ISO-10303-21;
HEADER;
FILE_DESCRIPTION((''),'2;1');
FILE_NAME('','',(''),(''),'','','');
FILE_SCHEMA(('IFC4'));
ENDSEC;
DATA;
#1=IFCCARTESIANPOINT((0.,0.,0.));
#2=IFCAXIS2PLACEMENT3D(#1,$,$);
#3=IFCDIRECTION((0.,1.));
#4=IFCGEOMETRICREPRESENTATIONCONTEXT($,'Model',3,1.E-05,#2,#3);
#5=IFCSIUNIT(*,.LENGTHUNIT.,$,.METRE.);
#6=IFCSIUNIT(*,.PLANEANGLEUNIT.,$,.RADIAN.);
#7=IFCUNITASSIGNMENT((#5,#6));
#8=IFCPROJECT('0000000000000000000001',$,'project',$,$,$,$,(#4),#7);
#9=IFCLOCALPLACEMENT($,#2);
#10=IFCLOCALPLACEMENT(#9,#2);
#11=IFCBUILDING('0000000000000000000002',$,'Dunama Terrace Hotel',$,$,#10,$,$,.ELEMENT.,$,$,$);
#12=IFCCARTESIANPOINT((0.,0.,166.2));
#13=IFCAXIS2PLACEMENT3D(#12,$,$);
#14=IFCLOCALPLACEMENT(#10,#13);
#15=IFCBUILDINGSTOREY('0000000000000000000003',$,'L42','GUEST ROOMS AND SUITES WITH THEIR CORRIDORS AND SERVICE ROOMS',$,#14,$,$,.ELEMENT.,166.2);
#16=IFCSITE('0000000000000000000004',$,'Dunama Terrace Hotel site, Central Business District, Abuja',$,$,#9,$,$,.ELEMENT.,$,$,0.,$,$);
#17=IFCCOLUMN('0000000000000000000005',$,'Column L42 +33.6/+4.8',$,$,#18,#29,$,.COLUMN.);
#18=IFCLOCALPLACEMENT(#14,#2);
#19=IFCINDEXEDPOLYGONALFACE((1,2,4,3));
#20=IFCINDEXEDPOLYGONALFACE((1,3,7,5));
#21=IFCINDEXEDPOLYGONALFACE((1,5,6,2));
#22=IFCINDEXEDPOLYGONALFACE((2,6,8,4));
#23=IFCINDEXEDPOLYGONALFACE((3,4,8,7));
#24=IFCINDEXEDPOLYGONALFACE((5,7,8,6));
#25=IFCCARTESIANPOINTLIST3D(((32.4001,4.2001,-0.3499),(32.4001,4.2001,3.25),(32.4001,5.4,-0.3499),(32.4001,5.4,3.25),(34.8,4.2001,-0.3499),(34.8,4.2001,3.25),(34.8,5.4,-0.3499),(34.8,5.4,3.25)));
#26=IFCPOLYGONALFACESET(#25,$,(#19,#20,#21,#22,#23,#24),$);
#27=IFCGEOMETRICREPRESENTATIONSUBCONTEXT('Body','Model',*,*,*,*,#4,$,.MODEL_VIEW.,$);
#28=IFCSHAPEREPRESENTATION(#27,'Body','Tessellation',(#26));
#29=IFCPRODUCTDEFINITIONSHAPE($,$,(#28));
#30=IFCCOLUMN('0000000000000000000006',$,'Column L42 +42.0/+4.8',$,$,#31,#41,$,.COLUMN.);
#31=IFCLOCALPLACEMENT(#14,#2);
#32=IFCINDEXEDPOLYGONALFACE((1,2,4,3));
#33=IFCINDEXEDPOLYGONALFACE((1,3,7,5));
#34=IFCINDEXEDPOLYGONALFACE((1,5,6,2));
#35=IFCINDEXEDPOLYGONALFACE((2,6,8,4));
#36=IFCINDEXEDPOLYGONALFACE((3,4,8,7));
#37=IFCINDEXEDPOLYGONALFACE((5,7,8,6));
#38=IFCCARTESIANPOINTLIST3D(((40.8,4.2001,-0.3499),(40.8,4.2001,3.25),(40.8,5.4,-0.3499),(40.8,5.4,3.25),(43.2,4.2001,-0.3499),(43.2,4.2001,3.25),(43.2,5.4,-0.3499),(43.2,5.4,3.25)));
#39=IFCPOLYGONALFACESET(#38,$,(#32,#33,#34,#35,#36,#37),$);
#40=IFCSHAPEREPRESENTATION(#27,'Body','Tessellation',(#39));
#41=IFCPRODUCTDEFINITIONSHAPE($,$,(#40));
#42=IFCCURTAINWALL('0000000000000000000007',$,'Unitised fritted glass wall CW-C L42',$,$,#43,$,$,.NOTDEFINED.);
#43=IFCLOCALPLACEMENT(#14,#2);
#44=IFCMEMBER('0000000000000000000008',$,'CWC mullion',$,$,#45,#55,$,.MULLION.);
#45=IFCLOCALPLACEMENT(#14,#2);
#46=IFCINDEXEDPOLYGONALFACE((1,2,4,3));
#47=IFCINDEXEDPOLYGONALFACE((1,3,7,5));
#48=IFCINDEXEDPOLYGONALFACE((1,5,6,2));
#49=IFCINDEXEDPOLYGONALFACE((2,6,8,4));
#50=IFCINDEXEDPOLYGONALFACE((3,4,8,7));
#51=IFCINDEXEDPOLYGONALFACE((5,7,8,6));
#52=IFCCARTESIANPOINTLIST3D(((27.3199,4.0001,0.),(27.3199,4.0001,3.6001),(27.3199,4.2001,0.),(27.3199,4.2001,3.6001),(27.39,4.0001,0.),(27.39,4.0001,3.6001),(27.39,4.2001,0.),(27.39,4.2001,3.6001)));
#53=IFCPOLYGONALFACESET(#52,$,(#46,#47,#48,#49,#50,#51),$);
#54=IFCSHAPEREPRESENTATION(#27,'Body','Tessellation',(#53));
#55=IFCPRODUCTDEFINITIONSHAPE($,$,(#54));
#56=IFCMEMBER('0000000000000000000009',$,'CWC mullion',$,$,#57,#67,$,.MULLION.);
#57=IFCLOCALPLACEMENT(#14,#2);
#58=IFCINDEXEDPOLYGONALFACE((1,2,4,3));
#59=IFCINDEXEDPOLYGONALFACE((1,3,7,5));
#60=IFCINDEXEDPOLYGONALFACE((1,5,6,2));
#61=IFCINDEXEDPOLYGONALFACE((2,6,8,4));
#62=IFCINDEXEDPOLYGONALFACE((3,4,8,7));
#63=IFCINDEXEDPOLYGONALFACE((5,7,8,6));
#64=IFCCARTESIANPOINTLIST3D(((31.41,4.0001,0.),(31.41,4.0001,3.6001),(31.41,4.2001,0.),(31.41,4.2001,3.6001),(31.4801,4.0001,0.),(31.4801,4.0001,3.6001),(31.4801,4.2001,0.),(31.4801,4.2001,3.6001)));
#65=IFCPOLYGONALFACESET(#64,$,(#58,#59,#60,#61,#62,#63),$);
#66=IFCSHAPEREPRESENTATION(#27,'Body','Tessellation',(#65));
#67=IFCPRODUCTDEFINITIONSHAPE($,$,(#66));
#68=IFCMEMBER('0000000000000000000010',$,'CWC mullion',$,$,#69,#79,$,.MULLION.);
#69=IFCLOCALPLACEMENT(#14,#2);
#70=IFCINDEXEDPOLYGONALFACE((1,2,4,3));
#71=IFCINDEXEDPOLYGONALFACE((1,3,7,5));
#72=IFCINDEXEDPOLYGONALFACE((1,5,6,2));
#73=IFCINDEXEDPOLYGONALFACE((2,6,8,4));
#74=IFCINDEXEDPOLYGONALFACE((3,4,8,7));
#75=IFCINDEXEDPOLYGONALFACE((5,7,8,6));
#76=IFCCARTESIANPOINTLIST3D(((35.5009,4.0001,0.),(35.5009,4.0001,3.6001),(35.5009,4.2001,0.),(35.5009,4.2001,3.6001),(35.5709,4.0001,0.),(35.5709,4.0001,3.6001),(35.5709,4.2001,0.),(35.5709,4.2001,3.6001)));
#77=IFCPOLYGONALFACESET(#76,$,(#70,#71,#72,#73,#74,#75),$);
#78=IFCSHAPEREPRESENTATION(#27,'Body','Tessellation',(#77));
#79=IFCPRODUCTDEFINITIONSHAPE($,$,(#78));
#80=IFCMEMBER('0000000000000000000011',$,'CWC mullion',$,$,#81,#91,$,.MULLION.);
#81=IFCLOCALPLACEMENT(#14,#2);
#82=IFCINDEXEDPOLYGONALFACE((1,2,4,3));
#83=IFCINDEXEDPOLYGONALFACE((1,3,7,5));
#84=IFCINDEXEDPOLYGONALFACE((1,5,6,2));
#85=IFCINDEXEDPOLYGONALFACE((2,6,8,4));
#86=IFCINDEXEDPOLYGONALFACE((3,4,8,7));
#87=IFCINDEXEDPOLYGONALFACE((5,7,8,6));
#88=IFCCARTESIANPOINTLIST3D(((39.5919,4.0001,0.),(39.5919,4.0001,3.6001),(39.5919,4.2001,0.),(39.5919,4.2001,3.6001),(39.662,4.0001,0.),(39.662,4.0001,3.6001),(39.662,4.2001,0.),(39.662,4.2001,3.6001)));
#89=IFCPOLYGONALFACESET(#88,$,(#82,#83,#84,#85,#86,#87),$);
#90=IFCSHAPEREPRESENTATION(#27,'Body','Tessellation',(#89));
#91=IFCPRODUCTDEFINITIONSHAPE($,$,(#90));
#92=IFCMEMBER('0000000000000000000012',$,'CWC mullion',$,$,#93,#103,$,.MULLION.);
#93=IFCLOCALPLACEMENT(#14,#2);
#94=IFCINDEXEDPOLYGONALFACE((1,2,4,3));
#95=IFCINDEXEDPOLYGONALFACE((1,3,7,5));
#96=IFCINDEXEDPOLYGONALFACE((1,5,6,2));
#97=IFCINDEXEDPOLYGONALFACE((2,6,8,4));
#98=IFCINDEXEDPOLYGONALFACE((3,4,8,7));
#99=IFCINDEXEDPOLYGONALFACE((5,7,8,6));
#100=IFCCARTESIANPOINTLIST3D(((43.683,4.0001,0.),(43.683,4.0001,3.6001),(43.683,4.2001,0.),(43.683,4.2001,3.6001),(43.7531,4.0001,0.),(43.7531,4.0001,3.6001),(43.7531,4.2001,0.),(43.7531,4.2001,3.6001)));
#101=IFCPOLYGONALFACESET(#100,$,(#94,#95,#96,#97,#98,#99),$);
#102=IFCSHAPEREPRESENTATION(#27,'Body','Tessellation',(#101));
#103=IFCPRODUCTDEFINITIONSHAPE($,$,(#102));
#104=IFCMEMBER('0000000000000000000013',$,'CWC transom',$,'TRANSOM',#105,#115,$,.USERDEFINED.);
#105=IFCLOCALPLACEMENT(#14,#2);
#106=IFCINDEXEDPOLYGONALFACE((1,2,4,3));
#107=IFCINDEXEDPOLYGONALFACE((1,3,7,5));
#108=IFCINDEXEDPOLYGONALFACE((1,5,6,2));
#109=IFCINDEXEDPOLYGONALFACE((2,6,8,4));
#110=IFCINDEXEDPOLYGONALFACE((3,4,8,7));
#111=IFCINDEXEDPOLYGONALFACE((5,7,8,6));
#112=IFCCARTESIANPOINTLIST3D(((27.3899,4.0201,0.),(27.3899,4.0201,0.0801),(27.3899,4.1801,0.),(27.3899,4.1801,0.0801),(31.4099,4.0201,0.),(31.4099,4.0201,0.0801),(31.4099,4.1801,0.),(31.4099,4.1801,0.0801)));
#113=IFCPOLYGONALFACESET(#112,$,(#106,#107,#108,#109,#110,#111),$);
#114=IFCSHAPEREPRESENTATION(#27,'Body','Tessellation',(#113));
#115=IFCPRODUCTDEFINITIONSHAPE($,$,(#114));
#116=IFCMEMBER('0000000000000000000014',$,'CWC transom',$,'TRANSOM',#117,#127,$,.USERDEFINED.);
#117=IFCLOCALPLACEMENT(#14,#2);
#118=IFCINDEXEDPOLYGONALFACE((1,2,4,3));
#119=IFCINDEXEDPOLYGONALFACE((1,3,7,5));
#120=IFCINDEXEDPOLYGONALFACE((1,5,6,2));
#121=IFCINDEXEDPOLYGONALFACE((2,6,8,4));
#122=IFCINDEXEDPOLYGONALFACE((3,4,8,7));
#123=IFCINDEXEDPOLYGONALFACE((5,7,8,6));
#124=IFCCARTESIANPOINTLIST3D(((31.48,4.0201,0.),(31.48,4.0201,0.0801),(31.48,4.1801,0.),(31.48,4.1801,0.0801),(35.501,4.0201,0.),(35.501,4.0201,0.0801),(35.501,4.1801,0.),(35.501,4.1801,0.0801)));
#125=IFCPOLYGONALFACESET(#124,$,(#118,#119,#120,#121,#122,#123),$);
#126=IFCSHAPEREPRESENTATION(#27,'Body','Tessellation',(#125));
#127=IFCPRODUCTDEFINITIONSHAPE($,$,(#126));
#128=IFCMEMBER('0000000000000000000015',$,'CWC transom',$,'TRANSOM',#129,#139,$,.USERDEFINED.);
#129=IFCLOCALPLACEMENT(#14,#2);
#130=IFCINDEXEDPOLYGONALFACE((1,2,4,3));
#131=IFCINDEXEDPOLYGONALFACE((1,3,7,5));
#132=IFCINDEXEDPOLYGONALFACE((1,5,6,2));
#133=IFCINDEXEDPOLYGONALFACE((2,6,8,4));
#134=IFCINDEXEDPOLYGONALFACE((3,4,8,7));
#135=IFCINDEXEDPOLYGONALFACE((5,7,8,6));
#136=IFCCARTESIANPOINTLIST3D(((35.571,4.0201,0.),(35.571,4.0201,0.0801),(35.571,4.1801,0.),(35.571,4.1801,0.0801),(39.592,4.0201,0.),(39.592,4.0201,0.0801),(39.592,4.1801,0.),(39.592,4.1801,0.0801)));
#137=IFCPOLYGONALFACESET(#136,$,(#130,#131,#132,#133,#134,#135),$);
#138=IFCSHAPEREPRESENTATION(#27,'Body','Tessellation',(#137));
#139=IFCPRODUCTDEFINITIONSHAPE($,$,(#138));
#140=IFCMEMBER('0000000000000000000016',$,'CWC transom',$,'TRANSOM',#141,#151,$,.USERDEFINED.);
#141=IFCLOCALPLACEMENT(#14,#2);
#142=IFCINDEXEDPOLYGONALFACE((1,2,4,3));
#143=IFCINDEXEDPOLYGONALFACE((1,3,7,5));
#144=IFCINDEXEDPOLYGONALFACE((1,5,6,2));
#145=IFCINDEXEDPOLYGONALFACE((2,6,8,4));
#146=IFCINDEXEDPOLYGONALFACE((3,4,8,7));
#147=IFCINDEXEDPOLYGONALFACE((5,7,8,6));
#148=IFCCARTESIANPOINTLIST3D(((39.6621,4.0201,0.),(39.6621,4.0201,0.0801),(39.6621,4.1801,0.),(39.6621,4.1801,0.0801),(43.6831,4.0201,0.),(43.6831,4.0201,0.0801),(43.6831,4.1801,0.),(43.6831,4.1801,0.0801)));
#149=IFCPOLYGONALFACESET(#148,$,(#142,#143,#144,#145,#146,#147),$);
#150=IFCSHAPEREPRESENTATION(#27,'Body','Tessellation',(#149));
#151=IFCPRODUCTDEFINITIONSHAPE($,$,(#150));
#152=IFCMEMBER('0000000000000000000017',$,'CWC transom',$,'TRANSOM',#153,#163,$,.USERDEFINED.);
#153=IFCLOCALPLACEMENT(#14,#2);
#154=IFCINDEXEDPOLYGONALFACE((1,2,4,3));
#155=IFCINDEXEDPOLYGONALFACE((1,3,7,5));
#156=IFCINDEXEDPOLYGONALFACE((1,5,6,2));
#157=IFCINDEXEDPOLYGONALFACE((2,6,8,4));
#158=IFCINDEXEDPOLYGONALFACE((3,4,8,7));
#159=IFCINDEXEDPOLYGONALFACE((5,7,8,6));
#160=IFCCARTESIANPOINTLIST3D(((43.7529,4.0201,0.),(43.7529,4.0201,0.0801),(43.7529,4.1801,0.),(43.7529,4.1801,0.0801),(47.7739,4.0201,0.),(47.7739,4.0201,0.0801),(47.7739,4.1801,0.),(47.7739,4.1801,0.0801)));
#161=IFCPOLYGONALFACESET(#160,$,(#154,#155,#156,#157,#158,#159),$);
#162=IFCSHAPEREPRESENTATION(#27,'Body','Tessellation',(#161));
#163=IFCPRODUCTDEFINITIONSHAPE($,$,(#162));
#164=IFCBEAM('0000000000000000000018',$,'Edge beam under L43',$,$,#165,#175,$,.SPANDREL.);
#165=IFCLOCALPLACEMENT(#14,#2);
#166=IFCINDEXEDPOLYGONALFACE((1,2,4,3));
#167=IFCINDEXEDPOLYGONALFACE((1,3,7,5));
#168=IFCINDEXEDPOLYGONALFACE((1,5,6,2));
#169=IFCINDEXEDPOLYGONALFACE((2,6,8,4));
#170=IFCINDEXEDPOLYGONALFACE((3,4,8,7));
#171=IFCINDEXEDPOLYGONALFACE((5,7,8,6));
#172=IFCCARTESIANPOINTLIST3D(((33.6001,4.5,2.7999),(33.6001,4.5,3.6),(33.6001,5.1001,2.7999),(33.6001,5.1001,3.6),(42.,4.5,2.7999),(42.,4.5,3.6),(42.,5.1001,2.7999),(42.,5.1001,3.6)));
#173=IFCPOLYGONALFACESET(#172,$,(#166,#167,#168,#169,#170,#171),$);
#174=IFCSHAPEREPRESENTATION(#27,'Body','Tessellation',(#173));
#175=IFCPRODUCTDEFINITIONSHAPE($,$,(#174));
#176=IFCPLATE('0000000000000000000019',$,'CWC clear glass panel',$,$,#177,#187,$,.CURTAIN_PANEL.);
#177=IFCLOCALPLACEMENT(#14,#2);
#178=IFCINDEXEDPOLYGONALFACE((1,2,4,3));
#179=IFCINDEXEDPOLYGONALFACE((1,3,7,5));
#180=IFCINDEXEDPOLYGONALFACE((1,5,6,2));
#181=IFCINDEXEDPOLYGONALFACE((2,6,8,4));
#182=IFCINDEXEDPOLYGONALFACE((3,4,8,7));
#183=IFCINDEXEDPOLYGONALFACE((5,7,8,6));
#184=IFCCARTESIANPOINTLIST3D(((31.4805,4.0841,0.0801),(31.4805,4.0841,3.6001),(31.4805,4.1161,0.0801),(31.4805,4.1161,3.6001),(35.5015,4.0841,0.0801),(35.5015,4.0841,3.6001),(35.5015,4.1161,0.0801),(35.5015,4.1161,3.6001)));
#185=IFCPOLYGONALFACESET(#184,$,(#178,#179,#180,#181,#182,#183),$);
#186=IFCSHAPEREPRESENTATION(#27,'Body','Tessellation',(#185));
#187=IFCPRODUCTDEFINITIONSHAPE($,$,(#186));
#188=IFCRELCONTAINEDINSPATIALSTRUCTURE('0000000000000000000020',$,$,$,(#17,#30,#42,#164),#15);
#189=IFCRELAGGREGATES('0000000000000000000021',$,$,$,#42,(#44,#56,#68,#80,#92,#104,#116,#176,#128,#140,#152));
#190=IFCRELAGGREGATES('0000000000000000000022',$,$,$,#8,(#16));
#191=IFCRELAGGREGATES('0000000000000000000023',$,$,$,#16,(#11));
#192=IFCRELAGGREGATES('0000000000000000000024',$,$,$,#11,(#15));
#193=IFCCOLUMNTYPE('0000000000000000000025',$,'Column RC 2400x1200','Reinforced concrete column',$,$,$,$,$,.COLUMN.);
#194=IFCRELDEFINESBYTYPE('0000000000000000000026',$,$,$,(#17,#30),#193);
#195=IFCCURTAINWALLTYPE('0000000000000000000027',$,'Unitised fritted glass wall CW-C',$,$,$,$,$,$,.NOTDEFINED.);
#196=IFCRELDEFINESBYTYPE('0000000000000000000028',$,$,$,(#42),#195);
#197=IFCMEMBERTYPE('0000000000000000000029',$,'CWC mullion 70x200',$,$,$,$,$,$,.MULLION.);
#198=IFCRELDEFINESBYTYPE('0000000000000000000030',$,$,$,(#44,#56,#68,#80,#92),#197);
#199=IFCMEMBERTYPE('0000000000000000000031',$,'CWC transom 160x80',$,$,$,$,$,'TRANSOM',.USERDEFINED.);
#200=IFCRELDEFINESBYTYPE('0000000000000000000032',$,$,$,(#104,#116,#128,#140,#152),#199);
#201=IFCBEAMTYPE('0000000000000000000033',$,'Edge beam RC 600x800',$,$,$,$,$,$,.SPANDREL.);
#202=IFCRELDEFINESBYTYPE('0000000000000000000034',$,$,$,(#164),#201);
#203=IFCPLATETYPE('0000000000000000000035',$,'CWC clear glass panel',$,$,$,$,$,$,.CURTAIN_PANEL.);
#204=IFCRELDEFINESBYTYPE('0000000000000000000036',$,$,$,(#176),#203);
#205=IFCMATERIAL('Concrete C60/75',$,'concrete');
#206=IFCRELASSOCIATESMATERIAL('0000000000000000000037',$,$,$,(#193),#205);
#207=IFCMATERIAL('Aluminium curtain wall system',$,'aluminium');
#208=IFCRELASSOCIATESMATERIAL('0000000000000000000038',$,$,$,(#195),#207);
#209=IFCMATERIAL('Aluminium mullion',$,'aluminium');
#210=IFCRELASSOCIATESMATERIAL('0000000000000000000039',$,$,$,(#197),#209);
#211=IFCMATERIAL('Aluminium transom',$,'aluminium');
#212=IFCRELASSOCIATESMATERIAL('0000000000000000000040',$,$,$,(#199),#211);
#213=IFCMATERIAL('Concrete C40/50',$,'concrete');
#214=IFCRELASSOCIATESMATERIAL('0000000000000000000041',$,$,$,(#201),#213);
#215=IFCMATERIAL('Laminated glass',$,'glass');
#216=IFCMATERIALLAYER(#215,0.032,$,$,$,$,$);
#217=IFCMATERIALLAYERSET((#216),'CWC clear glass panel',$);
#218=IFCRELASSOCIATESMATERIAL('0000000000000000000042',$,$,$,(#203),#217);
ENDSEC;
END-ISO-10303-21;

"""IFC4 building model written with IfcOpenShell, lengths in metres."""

from ifc_helpers import new_model, si_unit, direction, frame, origin, origin_2d, place, context, subcontext, project, spatial, rectangle, extrude, material, layer, layer_set, material_profile, profile_set, type_object, element, aggregate, save


model = new_model("IFC4")

# Units and contexts
model_context = context("Model", 3, precision=1e-05, world=origin(), true_north=direction((0.0, 1.0)))
body_context = subcontext(model_context, "Body", "Model", "MODEL_VIEW")
ifc_project = project(units=[si_unit("LENGTHUNIT", "METRE"), si_unit("PLANEANGLEUNIT", "RADIAN")], contexts=[model_context])

# Site, building, storey
site_placement = place(None, origin())
site = spatial("IfcSite", under=ifc_project, at=site_placement, Name="Dunama Terrace Hotel site, Central Business District, Abuja", CompositionType="ELEMENT", RefElevation=0.0)
building_placement = place(site_placement, origin())
building = spatial("IfcBuilding", under=site, at=building_placement, Name="Dunama Terrace Hotel", CompositionType="ELEMENT")
storey_placement = place(building_placement, frame((0.0, 0.0, 166.2)))
storey = spatial("IfcBuildingStorey", under=building, at=storey_placement, Name="L42", Description="GUEST ROOMS AND SUITES WITH THEIR CORRIDORS AND SERVICE ROOMS", CompositionType="ELEMENT", Elevation=166.2)

# Columns
ifc_material_1 = material(Name="Concrete C60/75", Category="concrete")
ifc_material_profile_1 = material_profile(ifc_material_1, rectangle(XDim=2.3999, YDim=1.2, at=origin_2d()), Name="RC 2400x1200")
ifc_profile_set_1 = profile_set([ifc_material_profile_1], Name="Concrete C60/75")
column_type = type_object("IfcColumnType", Name="Column RC 2400x1200", Description="Reinforced concrete column", PredefinedType="COLUMN", material=ifc_profile_set_1)
for number, where, z_axis, x_axis, name in (
    (1, (33.6001, 4.8, -0.3499), (0.0, 0.0, 1.0), (1.0, 0.0, 0.0), "Column L42 +33.6/+4.8"),
    (2, (42.0, 4.8, -0.3499), (0.0, 0.0, 1.0), (1.0, 0.0, 0.0), "Column L42 +42.0/+4.8"),
):
    element("IfcColumn", number, at=place(storey_placement, frame(where, z_axis=z_axis, x_axis=x_axis)), inside=storey, type_object=column_type, Name=name, PredefinedType="COLUMN", context=body_context, shape_type="SweptSolid", body=[
        extrude(rectangle(XDim=2.3999, YDim=1.2, at=origin_2d()), origin(), (0.0, 0.0, 1.0), 3.5999),
    ])

# Curtain wall, members
ifc_material_2 = material(Name="Aluminium curtain wall system", Category="aluminium")
curtain_wall_type = type_object("IfcCurtainWallType", Name="Unitised fritted glass wall CW-C", PredefinedType="NOTDEFINED", material=ifc_material_2)
curtain_wall_placement = place(storey_placement, origin())
curtain_wall = element("IfcCurtainWall", 3, at=curtain_wall_placement, inside=storey, type_object=curtain_wall_type, Name="Unitised fritted glass wall CW-C L42", PredefinedType="NOTDEFINED")
ifc_material_3 = material(Name="Aluminium mullion", Category="aluminium")
ifc_material_profile_2 = material_profile(ifc_material_3, rectangle(XDim=0.0701, YDim=0.2, at=origin_2d()), Name="CWC MULLION 70X200")
ifc_profile_set_2 = profile_set([ifc_material_profile_2], Name="Aluminium mullion")
member_type_1 = type_object("IfcMemberType", Name="CWC mullion 70x200", PredefinedType="MULLION", material=ifc_profile_set_2)
member_1_placement = place(storey_placement, frame((27.355, 4.1001, 0.0), z_axis=(0.0, 0.0, 1.0), x_axis=(1.0, 0.0, 0.0)))
member_1 = element("IfcMember", 4, at=member_1_placement, type_object=member_type_1, Name="CWC mullion", PredefinedType="MULLION", context=body_context, shape_type="SweptSolid", body=[
    extrude(rectangle(XDim=0.0701, YDim=0.2, at=origin_2d()), origin(), (0.0, 0.0, 1.0), 3.6001),
])
member_2_placement = place(storey_placement, frame((31.4451, 4.1001, 0.0), z_axis=(0.0, 0.0, 1.0), x_axis=(1.0, 0.0, 0.0)))
member_2 = element("IfcMember", 5, at=member_2_placement, type_object=member_type_1, Name="CWC mullion", PredefinedType="MULLION", context=body_context, shape_type="SweptSolid", body=[
    extrude(rectangle(XDim=0.0701, YDim=0.2, at=origin_2d()), origin(), (0.0, 0.0, 1.0), 3.6001),
])
member_3_placement = place(storey_placement, frame((35.5359, 4.1001, 0.0), z_axis=(0.0, 0.0, 1.0), x_axis=(1.0, 0.0, 0.0)))
member_3 = element("IfcMember", 6, at=member_3_placement, type_object=member_type_1, Name="CWC mullion", PredefinedType="MULLION", context=body_context, shape_type="SweptSolid", body=[
    extrude(rectangle(XDim=0.0701, YDim=0.2, at=origin_2d()), origin(), (0.0, 0.0, 1.0), 3.6001),
])
member_4_placement = place(storey_placement, frame((39.627, 4.1001, 0.0), z_axis=(0.0, 0.0, 1.0), x_axis=(1.0, 0.0, 0.0)))
member_4 = element("IfcMember", 7, at=member_4_placement, type_object=member_type_1, Name="CWC mullion", PredefinedType="MULLION", context=body_context, shape_type="SweptSolid", body=[
    extrude(rectangle(XDim=0.0701, YDim=0.2, at=origin_2d()), origin(), (0.0, 0.0, 1.0), 3.6001),
])
member_5_placement = place(storey_placement, frame((43.718, 4.1001, 0.0), z_axis=(0.0, 0.0, 1.0), x_axis=(1.0, 0.0, 0.0)))
member_5 = element("IfcMember", 8, at=member_5_placement, type_object=member_type_1, Name="CWC mullion", PredefinedType="MULLION", context=body_context, shape_type="SweptSolid", body=[
    extrude(rectangle(XDim=0.0701, YDim=0.2, at=origin_2d()), origin(), (0.0, 0.0, 1.0), 3.6001),
])
ifc_material_4 = material(Name="Aluminium transom", Category="aluminium")
ifc_material_profile_3 = material_profile(ifc_material_4, rectangle(XDim=0.1599, YDim=0.0801, at=origin_2d()), Name="CWC TRANSOM 160X80")
ifc_profile_set_3 = profile_set([ifc_material_profile_3], Name="Aluminium transom")
member_type_2 = type_object("IfcMemberType", Name="CWC transom 160x80", ElementType="TRANSOM", PredefinedType="USERDEFINED", material=ifc_profile_set_3)
member_6_placement = place(storey_placement, frame((27.3899, 4.1001, 0.04), z_axis=(1.0, 0.0, 0.0), x_axis=(0.0, 1.0, 0.0)))
member_6 = element("IfcMember", 9, at=member_6_placement, type_object=member_type_2, Name="CWC transom", ObjectType="TRANSOM", PredefinedType="USERDEFINED", context=body_context, shape_type="SweptSolid", body=[
    extrude(rectangle(XDim=0.1599, YDim=0.0801, at=origin_2d()), origin(), (0.0, 0.0, 1.0), 4.02),
])
member_7_placement = place(storey_placement, frame((31.48, 4.1001, 0.04), z_axis=(1.0, 0.0, 0.0), x_axis=(0.0, 1.0, 0.0)))
member_7 = element("IfcMember", 10, at=member_7_placement, type_object=member_type_2, Name="CWC transom", ObjectType="TRANSOM", PredefinedType="USERDEFINED", context=body_context, shape_type="SweptSolid", body=[
    extrude(rectangle(XDim=0.1599, YDim=0.0801, at=origin_2d()), origin(), (0.0, 0.0, 1.0), 4.021),
])
member_8_placement = place(storey_placement, frame((35.571, 4.1001, 0.04), z_axis=(1.0, 0.0, 0.0), x_axis=(0.0, 1.0, 0.0)))
member_8 = element("IfcMember", 11, at=member_8_placement, type_object=member_type_2, Name="CWC transom", ObjectType="TRANSOM", PredefinedType="USERDEFINED", context=body_context, shape_type="SweptSolid", body=[
    extrude(rectangle(XDim=0.1599, YDim=0.0801, at=origin_2d()), origin(), (0.0, 0.0, 1.0), 4.021),
])
member_9_placement = place(storey_placement, frame((39.6621, 4.1001, 0.04), z_axis=(1.0, 0.0, 0.0), x_axis=(0.0, 1.0, 0.0)))
member_9 = element("IfcMember", 12, at=member_9_placement, type_object=member_type_2, Name="CWC transom", ObjectType="TRANSOM", PredefinedType="USERDEFINED", context=body_context, shape_type="SweptSolid", body=[
    extrude(rectangle(XDim=0.1599, YDim=0.0801, at=origin_2d()), origin(), (0.0, 0.0, 1.0), 4.021),
])
member_10_placement = place(storey_placement, frame((43.7529, 4.1001, 0.04), z_axis=(1.0, 0.0, 0.0), x_axis=(0.0, 1.0, 0.0)))
member_10 = element("IfcMember", 13, at=member_10_placement, type_object=member_type_2, Name="CWC transom", ObjectType="TRANSOM", PredefinedType="USERDEFINED", context=body_context, shape_type="SweptSolid", body=[
    extrude(rectangle(XDim=0.1599, YDim=0.0801, at=origin_2d()), origin(), (0.0, 0.0, 1.0), 4.021),
])

# Beam
ifc_material_5 = material(Name="Concrete C40/50", Category="concrete")
ifc_material_profile_4 = material_profile(ifc_material_5, rectangle(XDim=0.6001, YDim=0.8, at=origin_2d()), Name="RC 600x800")
ifc_profile_set_4 = profile_set([ifc_material_profile_4], Name="Concrete C40/50")
beam_type = type_object("IfcBeamType", Name="Edge beam RC 600x800", PredefinedType="SPANDREL", material=ifc_profile_set_4)
beam_placement = place(storey_placement, frame((33.6001, 4.8, 3.2), z_axis=(1.0, 0.0, 0.0), x_axis=(0.0, 1.0, 0.0)))
element("IfcBeam", 14, at=beam_placement, inside=storey, type_object=beam_type, Name="Edge beam under L43", PredefinedType="SPANDREL", context=body_context, shape_type="SweptSolid", body=[
    extrude(rectangle(XDim=0.6001, YDim=0.8, at=origin_2d()), origin(), (0.0, 0.0, 1.0), 8.3999),
])

# Plate
ifc_material_6 = material(Name="Laminated glass", Category="glass")
ifc_layer_1 = layer(ifc_material_6, 0.032)
ifc_layer_set_1 = layer_set([ifc_layer_1], Name="CWC clear glass panel")
plate_type_1 = type_object("IfcPlateType", Name="CWC clear glass panel", PredefinedType="CURTAIN_PANEL", material=ifc_layer_set_1)
plate_1_placement = place(storey_placement, frame((33.491, 4.1001, 0.0801), z_axis=(0.0, 0.0, 1.0), x_axis=(1.0, 0.0, 0.0)))
plate_1 = element("IfcPlate", 15, at=plate_1_placement, type_object=plate_type_1, Name="CWC clear glass panel", PredefinedType="CURTAIN_PANEL", context=body_context, shape_type="SweptSolid", body=[
    extrude(rectangle(XDim=4.021, YDim=0.032, at=origin_2d()), origin(), (0.0, 0.0, 1.0), 3.52),
])
aggregate(curtain_wall, [member_1, member_2, member_3, member_4, member_5, member_6, member_7, plate_1, member_8, member_9, member_10])

save(model, "model.ifc")
